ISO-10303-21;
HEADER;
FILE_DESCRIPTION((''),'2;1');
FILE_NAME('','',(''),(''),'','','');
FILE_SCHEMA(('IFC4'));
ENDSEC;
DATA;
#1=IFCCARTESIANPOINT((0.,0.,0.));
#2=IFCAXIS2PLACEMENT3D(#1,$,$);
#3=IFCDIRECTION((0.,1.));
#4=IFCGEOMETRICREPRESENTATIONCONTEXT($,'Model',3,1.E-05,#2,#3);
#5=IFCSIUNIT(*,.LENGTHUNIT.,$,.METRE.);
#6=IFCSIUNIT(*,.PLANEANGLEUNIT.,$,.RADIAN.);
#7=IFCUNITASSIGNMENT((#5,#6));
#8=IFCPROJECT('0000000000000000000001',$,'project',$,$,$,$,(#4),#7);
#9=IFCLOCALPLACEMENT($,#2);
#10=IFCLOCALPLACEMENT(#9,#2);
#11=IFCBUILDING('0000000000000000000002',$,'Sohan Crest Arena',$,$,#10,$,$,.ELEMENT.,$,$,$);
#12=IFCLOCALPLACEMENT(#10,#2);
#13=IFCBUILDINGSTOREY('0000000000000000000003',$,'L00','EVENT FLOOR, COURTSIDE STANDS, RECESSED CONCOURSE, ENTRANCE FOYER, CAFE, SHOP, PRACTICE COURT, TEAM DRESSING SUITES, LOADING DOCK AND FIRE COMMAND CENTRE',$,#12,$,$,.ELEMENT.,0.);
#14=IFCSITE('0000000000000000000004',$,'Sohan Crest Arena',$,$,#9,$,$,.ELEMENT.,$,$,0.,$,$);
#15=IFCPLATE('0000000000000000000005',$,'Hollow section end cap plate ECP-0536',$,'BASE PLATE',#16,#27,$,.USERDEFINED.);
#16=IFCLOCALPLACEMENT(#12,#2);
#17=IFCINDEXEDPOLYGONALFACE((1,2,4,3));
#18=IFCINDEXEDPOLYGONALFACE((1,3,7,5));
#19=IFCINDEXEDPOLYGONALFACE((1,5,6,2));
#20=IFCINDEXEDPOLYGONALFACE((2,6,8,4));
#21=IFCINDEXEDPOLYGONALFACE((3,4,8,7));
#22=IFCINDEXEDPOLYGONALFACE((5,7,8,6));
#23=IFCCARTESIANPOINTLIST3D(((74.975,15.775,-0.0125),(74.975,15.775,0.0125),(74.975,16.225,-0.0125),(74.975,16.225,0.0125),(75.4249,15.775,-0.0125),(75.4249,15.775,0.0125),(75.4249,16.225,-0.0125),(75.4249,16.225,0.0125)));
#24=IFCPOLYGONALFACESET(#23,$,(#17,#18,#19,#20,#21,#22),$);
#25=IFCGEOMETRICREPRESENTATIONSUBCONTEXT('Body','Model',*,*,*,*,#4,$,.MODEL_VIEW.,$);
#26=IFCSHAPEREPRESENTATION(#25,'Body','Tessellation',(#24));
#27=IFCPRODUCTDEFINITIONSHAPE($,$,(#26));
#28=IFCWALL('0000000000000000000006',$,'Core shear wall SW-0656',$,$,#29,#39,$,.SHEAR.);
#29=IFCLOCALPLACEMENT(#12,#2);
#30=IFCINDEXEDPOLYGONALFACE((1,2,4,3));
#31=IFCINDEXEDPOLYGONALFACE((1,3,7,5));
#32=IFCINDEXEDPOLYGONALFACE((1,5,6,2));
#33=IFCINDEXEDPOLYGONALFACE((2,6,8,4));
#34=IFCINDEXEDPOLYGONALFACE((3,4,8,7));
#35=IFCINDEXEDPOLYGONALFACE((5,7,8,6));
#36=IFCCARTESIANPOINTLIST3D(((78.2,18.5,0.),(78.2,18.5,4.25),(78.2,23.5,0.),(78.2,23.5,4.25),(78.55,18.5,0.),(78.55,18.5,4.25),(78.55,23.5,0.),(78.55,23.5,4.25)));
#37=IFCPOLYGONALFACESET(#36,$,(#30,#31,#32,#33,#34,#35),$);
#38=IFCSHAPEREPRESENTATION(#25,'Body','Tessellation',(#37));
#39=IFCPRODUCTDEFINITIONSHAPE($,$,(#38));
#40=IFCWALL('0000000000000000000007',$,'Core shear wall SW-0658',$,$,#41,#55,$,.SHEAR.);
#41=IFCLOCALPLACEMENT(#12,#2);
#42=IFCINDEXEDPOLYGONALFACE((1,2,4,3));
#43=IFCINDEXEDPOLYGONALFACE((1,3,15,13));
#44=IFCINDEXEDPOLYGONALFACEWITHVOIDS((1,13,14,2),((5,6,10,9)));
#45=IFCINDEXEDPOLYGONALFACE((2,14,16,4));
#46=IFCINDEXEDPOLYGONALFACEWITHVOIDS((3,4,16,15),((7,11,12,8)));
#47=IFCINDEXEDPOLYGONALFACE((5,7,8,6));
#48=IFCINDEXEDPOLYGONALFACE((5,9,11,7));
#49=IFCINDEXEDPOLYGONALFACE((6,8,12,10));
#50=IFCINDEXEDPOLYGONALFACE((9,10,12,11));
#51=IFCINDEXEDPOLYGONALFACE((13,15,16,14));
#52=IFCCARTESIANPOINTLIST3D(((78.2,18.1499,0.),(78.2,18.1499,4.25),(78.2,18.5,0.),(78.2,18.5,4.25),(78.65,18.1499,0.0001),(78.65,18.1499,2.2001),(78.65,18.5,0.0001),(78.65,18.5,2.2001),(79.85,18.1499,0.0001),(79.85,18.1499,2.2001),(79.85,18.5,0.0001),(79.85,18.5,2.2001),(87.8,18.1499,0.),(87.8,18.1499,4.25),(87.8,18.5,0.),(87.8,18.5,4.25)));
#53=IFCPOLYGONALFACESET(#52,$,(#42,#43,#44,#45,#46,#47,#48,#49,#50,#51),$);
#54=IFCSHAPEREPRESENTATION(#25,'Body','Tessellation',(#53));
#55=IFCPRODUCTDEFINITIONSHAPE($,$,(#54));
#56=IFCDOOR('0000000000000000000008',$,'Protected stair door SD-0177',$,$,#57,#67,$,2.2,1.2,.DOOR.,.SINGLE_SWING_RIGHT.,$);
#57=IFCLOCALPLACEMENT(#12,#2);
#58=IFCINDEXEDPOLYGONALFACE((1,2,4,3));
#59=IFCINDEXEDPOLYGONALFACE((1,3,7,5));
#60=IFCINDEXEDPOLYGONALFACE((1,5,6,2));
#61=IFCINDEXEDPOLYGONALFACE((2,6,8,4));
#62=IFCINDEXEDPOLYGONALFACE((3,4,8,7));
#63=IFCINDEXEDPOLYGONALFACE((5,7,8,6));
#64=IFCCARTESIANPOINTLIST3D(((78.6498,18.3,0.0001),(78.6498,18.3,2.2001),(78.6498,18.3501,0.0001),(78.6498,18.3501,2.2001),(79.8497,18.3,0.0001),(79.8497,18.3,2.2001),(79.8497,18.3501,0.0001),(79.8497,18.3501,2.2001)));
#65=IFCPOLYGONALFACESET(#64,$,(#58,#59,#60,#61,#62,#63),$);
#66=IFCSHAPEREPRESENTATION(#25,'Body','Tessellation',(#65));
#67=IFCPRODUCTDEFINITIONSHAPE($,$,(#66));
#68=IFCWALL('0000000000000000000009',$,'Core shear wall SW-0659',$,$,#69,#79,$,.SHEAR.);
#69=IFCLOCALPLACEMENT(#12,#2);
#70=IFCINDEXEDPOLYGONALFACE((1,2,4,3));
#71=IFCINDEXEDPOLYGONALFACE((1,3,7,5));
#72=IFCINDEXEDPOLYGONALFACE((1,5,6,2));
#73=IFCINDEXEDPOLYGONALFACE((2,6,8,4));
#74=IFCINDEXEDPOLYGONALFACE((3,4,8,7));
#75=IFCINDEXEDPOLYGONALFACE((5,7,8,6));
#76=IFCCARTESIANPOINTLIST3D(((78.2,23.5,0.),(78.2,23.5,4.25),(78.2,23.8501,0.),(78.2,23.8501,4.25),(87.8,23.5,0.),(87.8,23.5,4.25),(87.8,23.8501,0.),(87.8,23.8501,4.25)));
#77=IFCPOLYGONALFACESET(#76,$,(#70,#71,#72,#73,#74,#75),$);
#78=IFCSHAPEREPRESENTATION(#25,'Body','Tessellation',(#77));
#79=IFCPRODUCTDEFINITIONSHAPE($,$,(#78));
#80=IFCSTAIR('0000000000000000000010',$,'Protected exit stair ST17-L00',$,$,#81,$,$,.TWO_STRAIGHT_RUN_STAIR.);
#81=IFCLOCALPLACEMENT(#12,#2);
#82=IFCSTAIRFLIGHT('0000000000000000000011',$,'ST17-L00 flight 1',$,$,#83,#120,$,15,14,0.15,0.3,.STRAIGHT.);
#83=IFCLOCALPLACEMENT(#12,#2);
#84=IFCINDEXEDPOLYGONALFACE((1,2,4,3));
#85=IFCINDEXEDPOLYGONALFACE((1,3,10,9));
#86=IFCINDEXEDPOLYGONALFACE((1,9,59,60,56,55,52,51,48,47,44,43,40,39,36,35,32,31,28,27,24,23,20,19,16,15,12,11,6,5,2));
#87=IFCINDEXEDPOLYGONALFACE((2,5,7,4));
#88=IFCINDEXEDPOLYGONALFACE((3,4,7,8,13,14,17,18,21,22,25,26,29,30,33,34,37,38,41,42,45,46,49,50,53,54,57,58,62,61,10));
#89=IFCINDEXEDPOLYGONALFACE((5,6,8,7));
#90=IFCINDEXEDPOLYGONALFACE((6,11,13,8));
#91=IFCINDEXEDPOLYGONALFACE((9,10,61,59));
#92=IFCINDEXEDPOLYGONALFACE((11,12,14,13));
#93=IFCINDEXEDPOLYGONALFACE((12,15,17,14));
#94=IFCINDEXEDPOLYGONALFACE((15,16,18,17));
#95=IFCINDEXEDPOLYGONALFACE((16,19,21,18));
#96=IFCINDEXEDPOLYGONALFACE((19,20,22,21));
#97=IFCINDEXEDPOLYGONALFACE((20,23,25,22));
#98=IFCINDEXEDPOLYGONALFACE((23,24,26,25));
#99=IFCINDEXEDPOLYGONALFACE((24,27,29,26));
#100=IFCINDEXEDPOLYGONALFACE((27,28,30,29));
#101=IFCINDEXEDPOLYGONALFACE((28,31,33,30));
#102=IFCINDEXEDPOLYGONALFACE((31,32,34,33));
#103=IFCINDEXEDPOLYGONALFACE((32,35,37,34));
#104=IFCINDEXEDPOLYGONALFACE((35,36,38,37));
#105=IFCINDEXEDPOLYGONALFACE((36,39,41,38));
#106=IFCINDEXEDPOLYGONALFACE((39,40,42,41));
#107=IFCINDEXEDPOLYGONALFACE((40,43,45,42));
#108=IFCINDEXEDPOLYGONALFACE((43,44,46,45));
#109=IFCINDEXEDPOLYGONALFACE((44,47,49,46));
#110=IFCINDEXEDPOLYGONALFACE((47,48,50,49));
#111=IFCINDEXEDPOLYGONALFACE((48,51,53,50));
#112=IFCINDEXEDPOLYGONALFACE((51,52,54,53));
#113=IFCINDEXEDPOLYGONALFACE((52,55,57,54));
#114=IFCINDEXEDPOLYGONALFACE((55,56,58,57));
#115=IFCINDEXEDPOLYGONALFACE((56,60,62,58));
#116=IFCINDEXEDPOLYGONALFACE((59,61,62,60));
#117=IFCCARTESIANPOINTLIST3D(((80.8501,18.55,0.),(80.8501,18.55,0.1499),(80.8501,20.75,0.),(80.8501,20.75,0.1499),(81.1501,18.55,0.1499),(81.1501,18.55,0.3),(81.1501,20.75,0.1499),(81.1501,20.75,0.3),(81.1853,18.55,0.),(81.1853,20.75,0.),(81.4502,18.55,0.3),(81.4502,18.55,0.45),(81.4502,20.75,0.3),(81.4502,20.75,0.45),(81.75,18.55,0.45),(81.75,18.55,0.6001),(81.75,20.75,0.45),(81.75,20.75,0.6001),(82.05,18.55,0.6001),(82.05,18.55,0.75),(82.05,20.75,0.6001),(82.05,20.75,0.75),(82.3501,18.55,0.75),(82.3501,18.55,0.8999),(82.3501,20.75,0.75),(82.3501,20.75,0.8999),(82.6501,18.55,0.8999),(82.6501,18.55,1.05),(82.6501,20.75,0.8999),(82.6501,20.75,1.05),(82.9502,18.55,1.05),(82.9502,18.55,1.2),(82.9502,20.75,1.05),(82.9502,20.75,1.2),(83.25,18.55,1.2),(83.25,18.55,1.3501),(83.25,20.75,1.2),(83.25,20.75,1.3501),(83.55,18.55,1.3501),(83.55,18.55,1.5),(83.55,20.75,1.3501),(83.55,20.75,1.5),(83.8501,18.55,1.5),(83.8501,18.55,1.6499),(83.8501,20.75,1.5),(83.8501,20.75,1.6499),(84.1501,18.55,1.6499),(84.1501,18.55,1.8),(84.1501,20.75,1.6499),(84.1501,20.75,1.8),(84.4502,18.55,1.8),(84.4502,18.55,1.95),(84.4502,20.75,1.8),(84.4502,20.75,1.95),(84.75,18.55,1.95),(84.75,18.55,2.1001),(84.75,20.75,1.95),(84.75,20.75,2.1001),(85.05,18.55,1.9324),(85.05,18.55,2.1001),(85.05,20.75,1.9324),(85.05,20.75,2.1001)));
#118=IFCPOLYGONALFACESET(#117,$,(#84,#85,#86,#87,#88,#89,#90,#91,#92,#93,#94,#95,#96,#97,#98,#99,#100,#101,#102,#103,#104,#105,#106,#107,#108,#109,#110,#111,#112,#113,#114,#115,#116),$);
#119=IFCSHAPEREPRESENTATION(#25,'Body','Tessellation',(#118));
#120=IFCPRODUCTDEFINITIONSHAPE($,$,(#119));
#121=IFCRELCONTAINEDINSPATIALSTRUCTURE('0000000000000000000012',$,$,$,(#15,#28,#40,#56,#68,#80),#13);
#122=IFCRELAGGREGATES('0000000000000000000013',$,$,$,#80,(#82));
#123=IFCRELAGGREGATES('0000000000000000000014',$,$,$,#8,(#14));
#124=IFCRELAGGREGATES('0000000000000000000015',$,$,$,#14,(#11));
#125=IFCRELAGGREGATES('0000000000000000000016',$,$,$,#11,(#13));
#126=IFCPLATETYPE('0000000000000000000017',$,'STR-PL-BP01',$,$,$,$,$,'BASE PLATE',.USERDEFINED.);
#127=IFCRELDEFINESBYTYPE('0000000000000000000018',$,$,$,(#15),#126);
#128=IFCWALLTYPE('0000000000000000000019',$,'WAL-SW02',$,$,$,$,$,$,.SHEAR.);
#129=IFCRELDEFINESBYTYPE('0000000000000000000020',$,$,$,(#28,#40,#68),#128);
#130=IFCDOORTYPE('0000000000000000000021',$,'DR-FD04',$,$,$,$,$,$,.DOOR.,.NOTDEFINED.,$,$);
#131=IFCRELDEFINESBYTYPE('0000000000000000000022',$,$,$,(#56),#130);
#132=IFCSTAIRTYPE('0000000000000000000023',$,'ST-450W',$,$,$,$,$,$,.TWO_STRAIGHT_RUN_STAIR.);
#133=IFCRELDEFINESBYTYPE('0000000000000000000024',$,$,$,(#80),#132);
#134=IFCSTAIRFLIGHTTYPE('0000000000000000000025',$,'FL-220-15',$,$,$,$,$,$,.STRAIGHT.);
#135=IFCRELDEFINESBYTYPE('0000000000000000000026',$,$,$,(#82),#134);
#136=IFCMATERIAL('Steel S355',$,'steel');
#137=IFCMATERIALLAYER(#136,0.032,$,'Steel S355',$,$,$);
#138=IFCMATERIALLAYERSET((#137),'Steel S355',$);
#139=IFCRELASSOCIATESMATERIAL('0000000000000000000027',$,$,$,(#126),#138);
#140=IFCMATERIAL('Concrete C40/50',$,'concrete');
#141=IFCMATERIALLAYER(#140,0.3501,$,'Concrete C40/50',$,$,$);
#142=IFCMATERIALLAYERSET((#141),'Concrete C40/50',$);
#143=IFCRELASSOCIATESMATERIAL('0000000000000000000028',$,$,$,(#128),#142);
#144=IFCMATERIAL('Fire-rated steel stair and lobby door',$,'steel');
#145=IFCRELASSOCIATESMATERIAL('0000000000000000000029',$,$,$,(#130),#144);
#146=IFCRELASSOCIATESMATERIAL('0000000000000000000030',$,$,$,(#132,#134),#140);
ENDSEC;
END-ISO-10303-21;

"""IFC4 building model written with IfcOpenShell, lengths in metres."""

from ifc_helpers import new_model, si_unit, direction, frame, frame_2d, origin, origin_2d, place, context, subcontext, project, spatial, polyline, rectangle, outline, extrude, material, layer, layer_set, type_object, element, fill, aggregate, save


model = new_model("IFC4")

# Units and contexts
model_context = context("Model", 3, precision=1e-05, world=origin(), true_north=direction((0.0, 1.0)))
body_context = subcontext(model_context, "Body", "Model", "MODEL_VIEW")
ifc_project = project(units=[si_unit("LENGTHUNIT", "METRE"), si_unit("PLANEANGLEUNIT", "RADIAN")], contexts=[model_context])

# Site, building, storey
site_placement = place(None, origin())
site = spatial("IfcSite", under=ifc_project, at=site_placement, Name="Sohan Crest Arena", CompositionType="ELEMENT", RefElevation=0.0)
building_placement = place(site_placement, origin())
building = spatial("IfcBuilding", under=site, at=building_placement, Name="Sohan Crest Arena", CompositionType="ELEMENT")
storey_placement = place(building_placement, origin())
storey = spatial("IfcBuildingStorey", under=building, at=storey_placement, Name="L00", Description="EVENT FLOOR, COURTSIDE STANDS, RECESSED CONCOURSE, ENTRANCE FOYER, CAFE, SHOP, PRACTICE COURT, TEAM DRESSING SUITES, LOADING DOCK AND FIRE COMMAND CENTRE", CompositionType="ELEMENT", Elevation=0.0)

# Shared definitions
ifc_material_1 = material(Name="Steel S355", Category="steel")

# Shared definitions
ifc_material_2 = material(Name="Concrete C40/50", Category="concrete")

# Plate
ifc_layer_1 = layer(ifc_material_1, 0.032, Name="Steel S355")
ifc_layer_set_1 = layer_set([ifc_layer_1], Name="Steel S355")
plate_type = type_object("IfcPlateType", Name="STR-PL-BP01", ElementType="BASE PLATE", PredefinedType="USERDEFINED", material=ifc_layer_set_1)
plate_placement = place(storey_placement, frame((75.2, 16.0, -0.0125), z_axis=(0.0, 0.0, 1.0), x_axis=(1.0, 0.0, 0.0)))
element("IfcPlate", 1, at=plate_placement, inside=storey, type_object=plate_type, Name="Hollow section end cap plate ECP-0536", ObjectType="BASE PLATE", PredefinedType="USERDEFINED", context=body_context, shape_type="SweptSolid", body=[
    extrude(rectangle(XDim=0.45, YDim=0.45, at=origin_2d()), origin(), (0.0, 0.0, 1.0), 0.0249),
])

# Wall
ifc_layer_2 = layer(ifc_material_2, 0.3501, Name="Concrete C40/50")
ifc_layer_set_2 = layer_set([ifc_layer_2], Name="Concrete C40/50")
wall_type = type_object("IfcWallType", Name="WAL-SW02", PredefinedType="SHEAR", material=ifc_layer_set_2)
wall_1_placement = place(storey_placement, frame((78.375, 18.5, 0.0), z_axis=(0.0, 0.0, 1.0), x_axis=(0.0, 1.0, 0.0)))
element("IfcWall", 2, at=wall_1_placement, inside=storey, type_object=wall_type, Name="Core shear wall SW-0656", PredefinedType="SHEAR", context=body_context, shape_type="SweptSolid", body=[
    extrude(rectangle(XDim=5.0, YDim=0.3501, at=frame_2d((2.5, 0.0))), origin(), (0.0, 0.0, 1.0), 4.25),
])

# Wall, opening, door
wall_2_placement = place(storey_placement, frame((78.2, 18.325, 0.0), z_axis=(0.0, 0.0, 1.0), x_axis=(1.0, 0.0, 0.0)))
wall_2 = element("IfcWall", 3, at=wall_2_placement, inside=storey, type_object=wall_type, Name="Core shear wall SW-0658", PredefinedType="SHEAR", context=body_context, shape_type="SweptSolid", body=[
    extrude(rectangle(XDim=9.6001, YDim=0.3501, at=frame_2d((4.8, 0.0))), origin(), (0.0, 0.0, 1.0), 4.25),
])
opening_placement = place(wall_2_placement, frame((0.45, 0.0, 0.0)))
opening = element("IfcOpeningElement", 4, at=opening_placement, cuts=wall_2, PredefinedType="OPENING", context=body_context, shape_type="SweptSolid", body=[
    extrude(rectangle(XDim=1.2, YDim=2.2, at=frame_2d((0.6001, 1.1001))), frame((0.0, 0.1851, 0.0), z_axis=(0.0, -1.0, 0.0), x_axis=(1.0, 0.0, 0.0)), (0.0, 0.0, 1.0), 0.3701),
])
ifc_material_3 = material(Name="Fire-rated steel stair and lobby door", Category="steel")
door_type = type_object("IfcDoorType", Name="DR-FD04", OperationType="NOTDEFINED", PredefinedType="DOOR", material=ifc_material_3)
door_placement = place(opening_placement, frame((1.2, 0.0, 0.0), z_axis=(0.0, 0.0, 1.0), x_axis=(-1.0, 0.0, 0.0)))
door = element("IfcDoor", 5, at=door_placement, inside=storey, type_object=door_type, Name="Protected stair door SD-0177", OperationType="SINGLE_SWING_RIGHT", OverallHeight=2.2, OverallWidth=1.2, PredefinedType="DOOR", context=body_context, shape_type="SweptSolid", body=[
    extrude(rectangle(XDim=1.2, YDim=2.2, at=frame_2d((0.6001, 1.1001))), frame((0.0, 0.0249, 0.0), z_axis=(0.0, -1.0, 0.0), x_axis=(1.0, 0.0, 0.0)), (0.0, 0.0, 1.0), 0.05),
])
fill(opening, door)

# Wall
wall_3_placement = place(storey_placement, frame((78.2, 23.675, 0.0), z_axis=(0.0, 0.0, 1.0), x_axis=(1.0, 0.0, 0.0)))
element("IfcWall", 6, at=wall_3_placement, inside=storey, type_object=wall_type, Name="Core shear wall SW-0659", PredefinedType="SHEAR", context=body_context, shape_type="SweptSolid", body=[
    extrude(rectangle(XDim=9.6001, YDim=0.3501, at=frame_2d((4.8, 0.0))), origin(), (0.0, 0.0, 1.0), 4.25),
])

# Stair, stair flight
stair_type = type_object("IfcStairType", Name="ST-450W", PredefinedType="TWO_STRAIGHT_RUN_STAIR", material=ifc_material_2)
stair_placement = place(storey_placement, origin())
stair = element("IfcStair", 7, at=stair_placement, inside=storey, type_object=stair_type, Name="Protected exit stair ST17-L00", PredefinedType="TWO_STRAIGHT_RUN_STAIR")
stair_flight_type = type_object("IfcStairFlightType", Name="FL-220-15", PredefinedType="STRAIGHT", material=ifc_material_2)
stair_flight_placement = place(storey_placement, frame((80.8501, 19.6499, 0.0), z_axis=(0.0, 0.0, 1.0), x_axis=(1.0, 0.0, 0.0)))
stair_flight = element("IfcStairFlight", 8, at=stair_flight_placement, type_object=stair_flight_type, Name="ST17-L00 flight 1", NumberOfRisers=15, NumberOfTreads=14, PredefinedType="STRAIGHT", RiserHeight=0.15, TreadLength=0.3, context=body_context, shape_type="SweptSolid", body=[
    extrude(outline(polyline([(0.0, 0.0), (0.0, 0.1499), (0.3, 0.1499), (0.3, 0.3), (0.6001, 0.3), (0.6001, 0.45), (0.8999, 0.45), (0.8999, 0.6001), (1.2, 0.6001), (1.2, 0.75), (1.5, 0.75), (1.5, 0.8999), (1.8, 0.8999), (1.8, 1.05), (2.1001, 1.05), (2.1001, 1.2), (2.3999, 1.2), (2.3999, 1.3501), (2.7, 1.3501), (2.7, 1.5), (3.0, 1.5), (3.0, 1.6499), (3.3, 1.6499), (3.3, 1.8), (3.6001, 1.8), (3.6001, 1.95), (3.8999, 1.95), (3.8999, 2.1001), (4.2, 2.1001), (4.2, 2.25), (4.2, 1.9324), (0.3352, 0.0), (0.0, 0.0)])), frame((0.0, 1.1001, 0.0), z_axis=(0.0, -1.0, 0.0), x_axis=(1.0, 0.0, 0.0)), (0.0, 0.0, 1.0), 2.2),
])
aggregate(stair, [stair_flight])

save(model, "model.ifc")
